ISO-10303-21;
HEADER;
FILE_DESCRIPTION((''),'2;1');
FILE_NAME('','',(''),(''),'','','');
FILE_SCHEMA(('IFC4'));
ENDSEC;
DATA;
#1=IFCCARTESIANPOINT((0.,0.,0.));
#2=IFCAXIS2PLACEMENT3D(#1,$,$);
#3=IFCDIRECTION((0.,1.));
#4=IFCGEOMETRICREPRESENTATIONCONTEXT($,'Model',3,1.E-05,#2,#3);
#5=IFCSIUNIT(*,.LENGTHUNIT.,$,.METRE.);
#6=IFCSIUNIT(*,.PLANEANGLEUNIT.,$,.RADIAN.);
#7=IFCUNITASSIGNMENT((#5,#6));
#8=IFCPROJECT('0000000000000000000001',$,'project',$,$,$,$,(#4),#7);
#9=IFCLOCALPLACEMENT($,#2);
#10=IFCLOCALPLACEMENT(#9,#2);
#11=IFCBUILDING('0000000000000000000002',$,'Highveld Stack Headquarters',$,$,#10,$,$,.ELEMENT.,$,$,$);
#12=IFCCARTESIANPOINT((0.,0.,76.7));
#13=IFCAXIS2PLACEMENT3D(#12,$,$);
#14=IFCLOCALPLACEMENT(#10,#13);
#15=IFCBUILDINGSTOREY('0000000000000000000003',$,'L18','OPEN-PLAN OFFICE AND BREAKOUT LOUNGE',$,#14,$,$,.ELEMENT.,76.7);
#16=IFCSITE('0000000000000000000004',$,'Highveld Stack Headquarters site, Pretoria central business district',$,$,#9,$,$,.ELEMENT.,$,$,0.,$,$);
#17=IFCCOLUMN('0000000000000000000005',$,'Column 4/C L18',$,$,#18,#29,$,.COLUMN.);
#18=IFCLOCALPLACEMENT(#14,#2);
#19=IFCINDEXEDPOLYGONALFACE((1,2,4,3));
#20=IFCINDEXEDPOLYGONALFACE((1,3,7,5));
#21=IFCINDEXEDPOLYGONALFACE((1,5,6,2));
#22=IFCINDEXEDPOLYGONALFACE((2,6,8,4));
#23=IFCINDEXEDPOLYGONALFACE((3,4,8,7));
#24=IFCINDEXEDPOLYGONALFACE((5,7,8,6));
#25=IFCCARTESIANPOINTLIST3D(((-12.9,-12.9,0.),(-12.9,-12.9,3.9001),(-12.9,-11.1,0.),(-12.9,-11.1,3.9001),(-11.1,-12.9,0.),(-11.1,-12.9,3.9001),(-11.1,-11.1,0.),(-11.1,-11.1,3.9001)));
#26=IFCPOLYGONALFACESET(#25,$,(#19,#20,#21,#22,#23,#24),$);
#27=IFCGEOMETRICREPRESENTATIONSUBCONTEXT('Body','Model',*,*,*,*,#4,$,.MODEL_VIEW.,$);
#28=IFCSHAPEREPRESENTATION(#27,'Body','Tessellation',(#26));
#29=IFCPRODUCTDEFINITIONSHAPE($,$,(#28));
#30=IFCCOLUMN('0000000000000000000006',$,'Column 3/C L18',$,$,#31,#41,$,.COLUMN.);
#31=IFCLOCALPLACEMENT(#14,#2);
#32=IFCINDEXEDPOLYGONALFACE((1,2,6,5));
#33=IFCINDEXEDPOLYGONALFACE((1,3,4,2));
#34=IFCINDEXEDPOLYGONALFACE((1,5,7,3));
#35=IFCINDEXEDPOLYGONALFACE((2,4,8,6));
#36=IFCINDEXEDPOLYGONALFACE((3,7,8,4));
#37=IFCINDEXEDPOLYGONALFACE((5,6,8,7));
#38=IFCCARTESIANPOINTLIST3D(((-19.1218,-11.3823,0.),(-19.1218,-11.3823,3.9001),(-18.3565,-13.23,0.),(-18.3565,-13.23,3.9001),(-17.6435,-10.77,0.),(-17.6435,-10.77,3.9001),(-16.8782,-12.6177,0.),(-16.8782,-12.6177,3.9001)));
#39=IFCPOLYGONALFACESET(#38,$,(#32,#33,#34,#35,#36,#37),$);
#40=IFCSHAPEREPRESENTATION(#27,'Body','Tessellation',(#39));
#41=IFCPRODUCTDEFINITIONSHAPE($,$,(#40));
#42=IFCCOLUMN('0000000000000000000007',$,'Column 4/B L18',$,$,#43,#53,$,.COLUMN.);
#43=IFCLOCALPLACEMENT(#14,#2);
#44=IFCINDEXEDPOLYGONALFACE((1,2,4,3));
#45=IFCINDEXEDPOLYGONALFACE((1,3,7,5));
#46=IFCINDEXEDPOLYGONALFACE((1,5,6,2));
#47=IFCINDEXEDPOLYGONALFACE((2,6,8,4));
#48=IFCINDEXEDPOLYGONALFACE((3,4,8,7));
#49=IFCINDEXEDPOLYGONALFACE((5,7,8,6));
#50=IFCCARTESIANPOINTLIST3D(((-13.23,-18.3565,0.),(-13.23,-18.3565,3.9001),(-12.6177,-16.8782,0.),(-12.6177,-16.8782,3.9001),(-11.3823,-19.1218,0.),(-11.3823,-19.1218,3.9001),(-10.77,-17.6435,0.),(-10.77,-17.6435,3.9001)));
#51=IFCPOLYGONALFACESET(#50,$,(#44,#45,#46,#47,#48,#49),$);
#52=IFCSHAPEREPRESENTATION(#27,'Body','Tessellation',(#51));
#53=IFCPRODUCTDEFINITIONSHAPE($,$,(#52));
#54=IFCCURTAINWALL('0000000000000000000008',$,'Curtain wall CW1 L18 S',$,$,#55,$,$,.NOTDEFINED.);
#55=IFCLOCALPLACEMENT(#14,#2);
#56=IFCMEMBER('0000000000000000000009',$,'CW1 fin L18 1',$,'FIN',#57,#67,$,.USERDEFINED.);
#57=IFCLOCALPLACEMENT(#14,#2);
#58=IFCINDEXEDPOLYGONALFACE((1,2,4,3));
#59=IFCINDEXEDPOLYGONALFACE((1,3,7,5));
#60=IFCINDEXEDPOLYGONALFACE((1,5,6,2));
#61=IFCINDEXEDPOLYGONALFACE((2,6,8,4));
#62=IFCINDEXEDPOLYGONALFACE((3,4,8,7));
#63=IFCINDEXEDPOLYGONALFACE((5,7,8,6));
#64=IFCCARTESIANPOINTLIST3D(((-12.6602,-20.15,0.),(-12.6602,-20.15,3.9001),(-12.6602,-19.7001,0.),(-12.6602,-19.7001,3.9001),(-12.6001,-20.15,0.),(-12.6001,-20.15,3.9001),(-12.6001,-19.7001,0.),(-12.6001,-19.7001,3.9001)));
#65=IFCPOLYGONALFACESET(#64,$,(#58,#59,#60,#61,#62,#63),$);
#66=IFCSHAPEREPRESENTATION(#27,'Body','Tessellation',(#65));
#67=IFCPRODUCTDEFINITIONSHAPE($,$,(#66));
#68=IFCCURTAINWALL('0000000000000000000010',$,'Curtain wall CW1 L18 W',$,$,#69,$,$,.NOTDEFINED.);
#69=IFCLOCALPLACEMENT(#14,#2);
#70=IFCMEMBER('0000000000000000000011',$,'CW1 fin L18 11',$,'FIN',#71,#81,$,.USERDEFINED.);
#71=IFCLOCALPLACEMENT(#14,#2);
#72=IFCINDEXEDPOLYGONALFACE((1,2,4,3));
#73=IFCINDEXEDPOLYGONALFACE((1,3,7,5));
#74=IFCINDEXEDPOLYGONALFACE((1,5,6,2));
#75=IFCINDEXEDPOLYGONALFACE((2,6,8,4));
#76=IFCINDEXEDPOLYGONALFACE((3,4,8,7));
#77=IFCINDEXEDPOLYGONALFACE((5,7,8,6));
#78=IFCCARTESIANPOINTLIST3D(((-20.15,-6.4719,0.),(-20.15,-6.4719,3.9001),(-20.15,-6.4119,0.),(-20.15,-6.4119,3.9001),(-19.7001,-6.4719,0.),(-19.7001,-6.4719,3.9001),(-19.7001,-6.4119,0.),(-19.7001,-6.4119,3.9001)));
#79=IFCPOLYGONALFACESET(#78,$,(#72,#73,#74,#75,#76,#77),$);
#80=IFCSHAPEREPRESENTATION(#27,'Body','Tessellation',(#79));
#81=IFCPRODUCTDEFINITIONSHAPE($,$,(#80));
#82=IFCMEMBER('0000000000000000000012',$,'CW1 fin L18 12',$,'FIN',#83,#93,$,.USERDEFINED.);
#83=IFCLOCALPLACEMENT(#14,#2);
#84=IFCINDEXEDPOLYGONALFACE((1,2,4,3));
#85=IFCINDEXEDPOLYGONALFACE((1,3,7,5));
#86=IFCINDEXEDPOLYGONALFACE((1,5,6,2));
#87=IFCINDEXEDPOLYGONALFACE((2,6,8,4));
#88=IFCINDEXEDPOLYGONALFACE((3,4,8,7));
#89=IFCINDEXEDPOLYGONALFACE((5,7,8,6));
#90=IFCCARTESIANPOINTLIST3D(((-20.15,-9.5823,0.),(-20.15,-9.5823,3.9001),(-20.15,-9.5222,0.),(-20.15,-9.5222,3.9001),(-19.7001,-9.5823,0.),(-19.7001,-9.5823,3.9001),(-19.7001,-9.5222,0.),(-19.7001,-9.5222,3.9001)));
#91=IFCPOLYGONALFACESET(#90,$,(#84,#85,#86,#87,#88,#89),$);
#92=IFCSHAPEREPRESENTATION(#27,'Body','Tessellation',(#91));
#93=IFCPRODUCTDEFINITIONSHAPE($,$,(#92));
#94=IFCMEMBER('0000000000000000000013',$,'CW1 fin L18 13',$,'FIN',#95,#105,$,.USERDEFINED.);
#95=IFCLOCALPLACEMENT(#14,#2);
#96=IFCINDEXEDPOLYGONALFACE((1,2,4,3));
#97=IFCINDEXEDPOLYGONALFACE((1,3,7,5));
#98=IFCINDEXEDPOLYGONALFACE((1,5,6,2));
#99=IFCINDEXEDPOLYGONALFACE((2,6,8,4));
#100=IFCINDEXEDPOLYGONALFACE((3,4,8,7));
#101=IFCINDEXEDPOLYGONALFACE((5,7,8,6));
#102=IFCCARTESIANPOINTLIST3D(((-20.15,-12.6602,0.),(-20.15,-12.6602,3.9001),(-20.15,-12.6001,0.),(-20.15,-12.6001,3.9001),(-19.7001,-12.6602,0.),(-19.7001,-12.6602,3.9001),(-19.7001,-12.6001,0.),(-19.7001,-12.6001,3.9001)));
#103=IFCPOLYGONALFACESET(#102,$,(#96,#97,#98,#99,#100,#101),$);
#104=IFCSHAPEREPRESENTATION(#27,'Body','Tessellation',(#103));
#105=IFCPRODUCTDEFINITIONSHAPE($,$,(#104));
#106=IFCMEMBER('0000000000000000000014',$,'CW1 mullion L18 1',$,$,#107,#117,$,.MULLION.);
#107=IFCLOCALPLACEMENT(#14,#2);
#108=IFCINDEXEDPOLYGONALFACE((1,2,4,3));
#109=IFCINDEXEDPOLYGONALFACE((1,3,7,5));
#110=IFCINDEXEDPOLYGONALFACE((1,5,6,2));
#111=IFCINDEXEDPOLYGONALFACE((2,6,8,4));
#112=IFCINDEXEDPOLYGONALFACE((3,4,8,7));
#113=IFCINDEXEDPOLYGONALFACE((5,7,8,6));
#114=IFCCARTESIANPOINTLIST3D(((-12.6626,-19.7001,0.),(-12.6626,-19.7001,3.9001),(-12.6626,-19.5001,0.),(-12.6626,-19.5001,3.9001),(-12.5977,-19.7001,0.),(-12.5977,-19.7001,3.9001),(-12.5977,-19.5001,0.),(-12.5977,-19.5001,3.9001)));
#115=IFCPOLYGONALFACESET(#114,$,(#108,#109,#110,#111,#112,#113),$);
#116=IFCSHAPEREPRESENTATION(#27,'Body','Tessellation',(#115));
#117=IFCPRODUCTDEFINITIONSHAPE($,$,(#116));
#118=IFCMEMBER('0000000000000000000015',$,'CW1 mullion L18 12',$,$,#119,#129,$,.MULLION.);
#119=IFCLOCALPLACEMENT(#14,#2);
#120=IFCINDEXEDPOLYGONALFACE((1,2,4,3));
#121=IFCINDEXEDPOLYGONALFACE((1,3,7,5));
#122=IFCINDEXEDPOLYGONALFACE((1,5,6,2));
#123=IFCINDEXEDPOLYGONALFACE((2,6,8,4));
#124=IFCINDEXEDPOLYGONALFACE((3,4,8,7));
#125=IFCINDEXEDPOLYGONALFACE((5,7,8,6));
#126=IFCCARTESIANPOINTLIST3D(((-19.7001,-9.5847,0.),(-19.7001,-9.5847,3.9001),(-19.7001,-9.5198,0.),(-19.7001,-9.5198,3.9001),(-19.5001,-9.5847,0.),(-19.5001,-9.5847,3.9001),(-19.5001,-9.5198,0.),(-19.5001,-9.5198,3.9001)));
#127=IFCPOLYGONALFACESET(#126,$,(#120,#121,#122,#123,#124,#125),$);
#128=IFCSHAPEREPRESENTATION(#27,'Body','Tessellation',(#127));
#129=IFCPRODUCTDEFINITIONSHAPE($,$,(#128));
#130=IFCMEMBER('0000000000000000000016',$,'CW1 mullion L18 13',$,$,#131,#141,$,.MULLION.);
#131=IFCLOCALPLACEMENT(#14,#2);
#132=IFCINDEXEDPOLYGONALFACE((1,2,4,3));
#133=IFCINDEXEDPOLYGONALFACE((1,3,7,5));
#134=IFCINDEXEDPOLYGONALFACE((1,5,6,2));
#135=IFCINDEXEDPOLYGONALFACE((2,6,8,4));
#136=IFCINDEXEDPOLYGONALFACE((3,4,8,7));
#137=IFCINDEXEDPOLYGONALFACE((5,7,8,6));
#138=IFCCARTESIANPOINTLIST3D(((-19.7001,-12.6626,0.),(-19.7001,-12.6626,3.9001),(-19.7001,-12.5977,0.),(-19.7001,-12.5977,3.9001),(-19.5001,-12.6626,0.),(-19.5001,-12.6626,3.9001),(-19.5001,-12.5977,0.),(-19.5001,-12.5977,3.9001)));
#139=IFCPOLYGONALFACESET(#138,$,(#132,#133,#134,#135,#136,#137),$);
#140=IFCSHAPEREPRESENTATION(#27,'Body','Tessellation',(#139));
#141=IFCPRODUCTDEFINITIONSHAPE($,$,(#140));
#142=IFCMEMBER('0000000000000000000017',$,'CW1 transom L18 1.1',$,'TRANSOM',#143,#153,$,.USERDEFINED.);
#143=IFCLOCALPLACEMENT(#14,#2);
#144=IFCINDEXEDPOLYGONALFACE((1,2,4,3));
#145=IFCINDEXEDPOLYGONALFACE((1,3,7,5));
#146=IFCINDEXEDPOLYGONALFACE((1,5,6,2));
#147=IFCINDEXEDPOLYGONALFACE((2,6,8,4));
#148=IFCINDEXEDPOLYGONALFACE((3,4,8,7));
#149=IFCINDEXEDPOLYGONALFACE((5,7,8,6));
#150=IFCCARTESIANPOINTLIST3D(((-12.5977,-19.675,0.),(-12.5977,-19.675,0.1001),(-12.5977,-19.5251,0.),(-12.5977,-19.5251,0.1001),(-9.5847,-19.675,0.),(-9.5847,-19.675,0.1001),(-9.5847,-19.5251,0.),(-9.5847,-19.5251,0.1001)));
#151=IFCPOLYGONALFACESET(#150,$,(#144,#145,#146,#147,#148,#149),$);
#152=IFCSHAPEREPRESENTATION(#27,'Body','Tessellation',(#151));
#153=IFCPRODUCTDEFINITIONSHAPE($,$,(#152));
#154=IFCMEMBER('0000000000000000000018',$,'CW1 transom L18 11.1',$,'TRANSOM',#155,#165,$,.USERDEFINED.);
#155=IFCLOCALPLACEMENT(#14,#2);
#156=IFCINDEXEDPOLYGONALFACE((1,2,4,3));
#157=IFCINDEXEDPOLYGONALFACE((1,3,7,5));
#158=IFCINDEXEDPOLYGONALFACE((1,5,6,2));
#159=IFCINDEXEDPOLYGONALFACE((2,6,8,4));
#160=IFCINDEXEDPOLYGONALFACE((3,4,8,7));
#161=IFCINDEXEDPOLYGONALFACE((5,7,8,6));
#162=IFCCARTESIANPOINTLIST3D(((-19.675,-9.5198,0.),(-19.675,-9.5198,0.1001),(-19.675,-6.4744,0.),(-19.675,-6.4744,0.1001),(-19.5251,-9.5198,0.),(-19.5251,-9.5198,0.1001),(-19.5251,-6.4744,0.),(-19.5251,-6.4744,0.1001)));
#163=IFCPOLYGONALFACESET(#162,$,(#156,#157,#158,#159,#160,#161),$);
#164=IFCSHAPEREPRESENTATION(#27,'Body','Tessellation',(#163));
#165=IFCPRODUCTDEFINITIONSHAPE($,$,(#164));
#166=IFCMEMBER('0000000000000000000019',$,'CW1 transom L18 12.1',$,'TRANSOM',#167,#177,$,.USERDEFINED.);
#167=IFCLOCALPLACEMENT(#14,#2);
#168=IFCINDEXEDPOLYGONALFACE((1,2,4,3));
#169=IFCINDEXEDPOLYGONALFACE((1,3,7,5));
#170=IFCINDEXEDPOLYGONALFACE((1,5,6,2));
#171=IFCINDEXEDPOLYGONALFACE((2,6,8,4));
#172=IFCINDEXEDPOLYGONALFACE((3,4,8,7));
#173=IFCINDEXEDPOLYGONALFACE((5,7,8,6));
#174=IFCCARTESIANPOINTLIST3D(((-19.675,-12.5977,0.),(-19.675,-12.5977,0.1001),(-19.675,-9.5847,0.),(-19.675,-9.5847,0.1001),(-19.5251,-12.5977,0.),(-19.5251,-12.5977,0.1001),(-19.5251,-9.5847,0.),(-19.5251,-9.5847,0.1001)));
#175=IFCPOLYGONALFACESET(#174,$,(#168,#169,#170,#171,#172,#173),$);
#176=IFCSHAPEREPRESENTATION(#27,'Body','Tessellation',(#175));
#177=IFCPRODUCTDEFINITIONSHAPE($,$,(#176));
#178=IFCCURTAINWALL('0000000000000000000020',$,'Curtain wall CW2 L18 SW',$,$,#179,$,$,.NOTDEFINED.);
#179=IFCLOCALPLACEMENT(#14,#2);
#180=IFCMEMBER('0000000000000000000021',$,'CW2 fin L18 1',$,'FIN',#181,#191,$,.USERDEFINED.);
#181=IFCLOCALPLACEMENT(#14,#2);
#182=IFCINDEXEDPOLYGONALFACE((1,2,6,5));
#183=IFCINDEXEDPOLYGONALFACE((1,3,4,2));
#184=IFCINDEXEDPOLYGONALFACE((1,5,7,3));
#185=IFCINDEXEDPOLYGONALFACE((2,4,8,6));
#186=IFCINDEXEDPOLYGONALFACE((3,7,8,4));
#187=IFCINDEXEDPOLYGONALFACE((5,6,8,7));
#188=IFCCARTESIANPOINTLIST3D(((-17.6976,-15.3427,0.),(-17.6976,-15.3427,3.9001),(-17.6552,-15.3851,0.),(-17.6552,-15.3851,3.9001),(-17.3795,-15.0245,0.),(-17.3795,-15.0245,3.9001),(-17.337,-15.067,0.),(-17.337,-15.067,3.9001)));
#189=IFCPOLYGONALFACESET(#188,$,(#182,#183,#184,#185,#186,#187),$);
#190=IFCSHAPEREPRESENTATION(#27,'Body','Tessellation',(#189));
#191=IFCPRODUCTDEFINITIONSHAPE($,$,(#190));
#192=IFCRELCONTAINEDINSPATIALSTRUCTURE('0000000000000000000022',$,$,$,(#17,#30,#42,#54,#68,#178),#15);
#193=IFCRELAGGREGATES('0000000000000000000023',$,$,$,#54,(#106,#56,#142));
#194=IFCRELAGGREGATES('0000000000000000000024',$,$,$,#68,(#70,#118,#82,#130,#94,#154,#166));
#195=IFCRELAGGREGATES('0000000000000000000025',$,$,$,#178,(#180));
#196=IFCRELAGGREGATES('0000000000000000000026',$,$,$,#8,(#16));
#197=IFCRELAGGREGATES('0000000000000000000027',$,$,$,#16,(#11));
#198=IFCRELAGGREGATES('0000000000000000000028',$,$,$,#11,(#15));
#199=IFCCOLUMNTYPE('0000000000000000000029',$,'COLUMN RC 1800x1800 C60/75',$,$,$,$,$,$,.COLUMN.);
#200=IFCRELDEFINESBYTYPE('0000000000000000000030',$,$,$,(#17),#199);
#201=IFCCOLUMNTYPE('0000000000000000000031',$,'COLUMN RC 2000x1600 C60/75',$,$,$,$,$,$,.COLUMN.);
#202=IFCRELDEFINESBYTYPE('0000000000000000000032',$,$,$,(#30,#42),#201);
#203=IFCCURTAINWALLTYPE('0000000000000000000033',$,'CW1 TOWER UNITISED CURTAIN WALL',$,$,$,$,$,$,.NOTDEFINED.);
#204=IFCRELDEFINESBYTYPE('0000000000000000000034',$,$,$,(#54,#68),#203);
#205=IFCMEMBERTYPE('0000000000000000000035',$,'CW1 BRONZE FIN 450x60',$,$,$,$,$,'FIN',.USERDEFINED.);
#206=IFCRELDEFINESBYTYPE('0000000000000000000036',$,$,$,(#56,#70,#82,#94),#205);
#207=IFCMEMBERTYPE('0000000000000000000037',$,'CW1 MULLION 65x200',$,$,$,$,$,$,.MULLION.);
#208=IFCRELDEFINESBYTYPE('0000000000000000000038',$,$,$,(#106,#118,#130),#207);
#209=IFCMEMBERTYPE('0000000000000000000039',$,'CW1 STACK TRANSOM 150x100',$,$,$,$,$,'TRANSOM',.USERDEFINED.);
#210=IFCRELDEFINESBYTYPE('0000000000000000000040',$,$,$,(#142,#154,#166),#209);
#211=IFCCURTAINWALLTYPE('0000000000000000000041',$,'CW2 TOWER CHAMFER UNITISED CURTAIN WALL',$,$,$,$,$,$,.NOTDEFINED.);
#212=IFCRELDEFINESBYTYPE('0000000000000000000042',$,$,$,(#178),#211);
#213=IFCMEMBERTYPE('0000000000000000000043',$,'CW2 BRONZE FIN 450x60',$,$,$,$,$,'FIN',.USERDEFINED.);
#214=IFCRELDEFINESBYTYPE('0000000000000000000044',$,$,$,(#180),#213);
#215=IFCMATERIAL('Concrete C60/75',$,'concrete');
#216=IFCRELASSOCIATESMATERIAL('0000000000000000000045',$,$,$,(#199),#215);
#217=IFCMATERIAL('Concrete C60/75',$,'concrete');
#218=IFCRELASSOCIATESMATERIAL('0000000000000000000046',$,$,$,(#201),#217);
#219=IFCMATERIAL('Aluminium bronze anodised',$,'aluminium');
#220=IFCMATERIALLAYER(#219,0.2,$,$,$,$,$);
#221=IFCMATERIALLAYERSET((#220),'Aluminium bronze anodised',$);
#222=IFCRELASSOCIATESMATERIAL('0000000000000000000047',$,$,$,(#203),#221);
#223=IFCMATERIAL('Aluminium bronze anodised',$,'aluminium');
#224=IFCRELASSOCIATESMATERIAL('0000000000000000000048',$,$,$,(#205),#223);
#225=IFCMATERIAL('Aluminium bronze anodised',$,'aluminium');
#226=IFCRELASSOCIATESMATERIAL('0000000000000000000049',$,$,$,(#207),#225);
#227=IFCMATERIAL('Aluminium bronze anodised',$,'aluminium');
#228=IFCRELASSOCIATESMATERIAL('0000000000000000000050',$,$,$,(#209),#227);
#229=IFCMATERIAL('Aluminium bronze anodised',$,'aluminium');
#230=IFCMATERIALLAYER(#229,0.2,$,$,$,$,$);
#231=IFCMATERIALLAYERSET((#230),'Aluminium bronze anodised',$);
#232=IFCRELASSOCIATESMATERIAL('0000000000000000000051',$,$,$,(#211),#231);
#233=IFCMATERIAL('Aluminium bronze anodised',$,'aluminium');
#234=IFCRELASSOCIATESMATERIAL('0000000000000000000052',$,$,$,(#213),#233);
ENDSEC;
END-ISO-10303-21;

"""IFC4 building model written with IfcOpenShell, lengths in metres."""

from ifc_helpers import new_model, si_unit, direction, frame, origin, origin_2d, place, context, subcontext, project, spatial, rectangle, extrude, material, layer, layer_set, material_profile, profile_set, type_object, element, aggregate, save


model = new_model("IFC4")

# Units and contexts
model_context = context("Model", 3, precision=1e-05, world=origin(), true_north=direction((0.0, 1.0)))
body_context = subcontext(model_context, "Body", "Model", "MODEL_VIEW")
ifc_project = project(units=[si_unit("LENGTHUNIT", "METRE"), si_unit("PLANEANGLEUNIT", "RADIAN")], contexts=[model_context])

# Site, building, storey
site_placement = place(None, origin())
site = spatial("IfcSite", under=ifc_project, at=site_placement, Name="Highveld Stack Headquarters site, Pretoria central business district", CompositionType="ELEMENT", RefElevation=0.0)
building_placement = place(site_placement, origin())
building = spatial("IfcBuilding", under=site, at=building_placement, Name="Highveld Stack Headquarters", CompositionType="ELEMENT")
storey_placement = place(building_placement, frame((0.0, 0.0, 76.7)))
storey = spatial("IfcBuildingStorey", under=building, at=storey_placement, Name="L18", Description="OPEN-PLAN OFFICE AND BREAKOUT LOUNGE", CompositionType="ELEMENT", Elevation=76.7)

# Columns
ifc_material_1 = material(Name="Concrete C60/75", Category="concrete")
ifc_material_profile_1 = material_profile(ifc_material_1, rectangle(XDim=1.8, YDim=1.8, at=origin_2d()), Name="RC 1800x1800")
ifc_profile_set_1 = profile_set([ifc_material_profile_1], Name="Concrete C60/75")
column_type_1 = type_object("IfcColumnType", Name="COLUMN RC 1800x1800 C60/75", PredefinedType="COLUMN", material=ifc_profile_set_1)
column_placement = place(storey_placement, frame((-12.0, -12.0, 0.0), z_axis=(0.0, 0.0, 1.0), x_axis=(1.0, 0.0, 0.0)))
element("IfcColumn", 1, at=column_placement, inside=storey, type_object=column_type_1, Name="Column 4/C L18", PredefinedType="COLUMN", context=body_context, shape_type="SweptSolid", body=[
    extrude(rectangle(XDim=1.8, YDim=1.8, at=origin_2d()), origin(), (0.0, 0.0, 1.0), 3.9001),
])
ifc_material_2 = material(Name="Concrete C60/75", Category="concrete")
ifc_material_profile_2 = material_profile(ifc_material_2, rectangle(XDim=2.0, YDim=1.6001, at=origin_2d()), Name="RC 2000x1600")
ifc_profile_set_2 = profile_set([ifc_material_profile_2], Name="Concrete C60/75")
column_type_2 = type_object("IfcColumnType", Name="COLUMN RC 2000x1600 C60/75", PredefinedType="COLUMN", material=ifc_profile_set_2)
for number, where, z_axis, x_axis, name in (
    (2, (-18.0, -12.0, 0.0), (0.0, 0.0, 1.0), (-0.382683, 0.92388, 0.0), "Column 3/C L18"),
    (3, (-12.0, -18.0, 0.0), (0.0, 0.0, 1.0), (-0.92388, 0.382683, 0.0), "Column 4/B L18"),
):
    element("IfcColumn", number, at=place(storey_placement, frame(where, z_axis=z_axis, x_axis=x_axis)), inside=storey, type_object=column_type_2, Name=name, PredefinedType="COLUMN", context=body_context, shape_type="SweptSolid", body=[
        extrude(rectangle(XDim=2.0, YDim=1.6001, at=origin_2d()), origin(), (0.0, 0.0, 1.0), 3.9001),
    ])

# Curtain wall, member
ifc_material_3 = material(Name="Aluminium bronze anodised", Category="aluminium")
ifc_layer_1 = layer(ifc_material_3, 0.2)
ifc_layer_set_1 = layer_set([ifc_layer_1], Name="Aluminium bronze anodised")
curtain_wall_type_1 = type_object("IfcCurtainWallType", Name="CW1 TOWER UNITISED CURTAIN WALL", PredefinedType="NOTDEFINED", material=ifc_layer_set_1)
curtain_wall_1_placement = place(storey_placement, origin())
curtain_wall_1 = element("IfcCurtainWall", 4, at=curtain_wall_1_placement, inside=storey, type_object=curtain_wall_type_1, Name="Curtain wall CW1 L18 S", PredefinedType="NOTDEFINED")
ifc_material_4 = material(Name="Aluminium bronze anodised", Category="aluminium")
ifc_material_profile_3 = material_profile(ifc_material_4, rectangle(XDim=0.45, YDim=0.0601, at=origin_2d()), Name="FIN 450x60")
ifc_profile_set_3 = profile_set([ifc_material_profile_3], Name="Aluminium bronze anodised")
member_type_1 = type_object("IfcMemberType", Name="CW1 BRONZE FIN 450x60", ElementType="FIN", PredefinedType="USERDEFINED", material=ifc_profile_set_3)
member_1_placement = place(storey_placement, frame((-12.6301, -19.925, 0.0), z_axis=(0.0, 0.0, 1.0), x_axis=(0.0, 1.0, 0.0)))
member_1 = element("IfcMember", 5, at=member_1_placement, type_object=member_type_1, Name="CW1 fin L18 1", ObjectType="FIN", PredefinedType="USERDEFINED", context=body_context, shape_type="SweptSolid", body=[
    extrude(rectangle(XDim=0.45, YDim=0.0601, at=origin_2d()), origin(), (0.0, 0.0, 1.0), 3.9001),
])

# Curtain wall, members
curtain_wall_2_placement = place(storey_placement, origin())
curtain_wall_2 = element("IfcCurtainWall", 6, at=curtain_wall_2_placement, inside=storey, type_object=curtain_wall_type_1, Name="Curtain wall CW1 L18 W", PredefinedType="NOTDEFINED")
member_2_placement = place(storey_placement, frame((-19.925, -6.4419, 0.0), z_axis=(0.0, 0.0, 1.0), x_axis=(1.0, 0.0, 0.0)))
member_2 = element("IfcMember", 7, at=member_2_placement, type_object=member_type_1, Name="CW1 fin L18 11", ObjectType="FIN", PredefinedType="USERDEFINED", context=body_context, shape_type="SweptSolid", body=[
    extrude(rectangle(XDim=0.45, YDim=0.0601, at=origin_2d()), origin(), (0.0, 0.0, 1.0), 3.9001),
])
member_3_placement = place(storey_placement, frame((-19.925, -9.5522, 0.0), z_axis=(0.0, 0.0, 1.0), x_axis=(1.0, 0.0, 0.0)))
member_3 = element("IfcMember", 8, at=member_3_placement, type_object=member_type_1, Name="CW1 fin L18 12", ObjectType="FIN", PredefinedType="USERDEFINED", context=body_context, shape_type="SweptSolid", body=[
    extrude(rectangle(XDim=0.45, YDim=0.0601, at=origin_2d()), origin(), (0.0, 0.0, 1.0), 3.9001),
])
member_4_placement = place(storey_placement, frame((-19.925, -12.6301, 0.0), z_axis=(0.0, 0.0, 1.0), x_axis=(1.0, 0.0, 0.0)))
member_4 = element("IfcMember", 9, at=member_4_placement, type_object=member_type_1, Name="CW1 fin L18 13", ObjectType="FIN", PredefinedType="USERDEFINED", context=body_context, shape_type="SweptSolid", body=[
    extrude(rectangle(XDim=0.45, YDim=0.0601, at=origin_2d()), origin(), (0.0, 0.0, 1.0), 3.9001),
])

# Members
ifc_material_5 = material(Name="Aluminium bronze anodised", Category="aluminium")
ifc_material_profile_4 = material_profile(ifc_material_5, rectangle(XDim=0.2, YDim=0.0649, at=origin_2d()), Name="CW1 MULLION 65x200")
ifc_profile_set_4 = profile_set([ifc_material_profile_4], Name="Aluminium bronze anodised")
member_type_2 = type_object("IfcMemberType", Name="CW1 MULLION 65x200", PredefinedType="MULLION", material=ifc_profile_set_4)
member_5_placement = place(storey_placement, frame((-12.6301, -19.6001, 0.0), z_axis=(0.0, 0.0, 1.0), x_axis=(0.0, 1.0, 0.0)))
member_5 = element("IfcMember", 10, at=member_5_placement, type_object=member_type_2, Name="CW1 mullion L18 1", PredefinedType="MULLION", context=body_context, shape_type="SweptSolid", body=[
    extrude(rectangle(XDim=0.2, YDim=0.0649, at=origin_2d()), origin(), (0.0, 0.0, 1.0), 3.9001),
])
member_6_placement = place(storey_placement, frame((-19.6001, -9.5522, 0.0), z_axis=(0.0, 0.0, 1.0), x_axis=(1.0, 0.0, 0.0)))
member_6 = element("IfcMember", 11, at=member_6_placement, type_object=member_type_2, Name="CW1 mullion L18 12", PredefinedType="MULLION", context=body_context, shape_type="SweptSolid", body=[
    extrude(rectangle(XDim=0.2, YDim=0.0649, at=origin_2d()), origin(), (0.0, 0.0, 1.0), 3.9001),
])
member_7_placement = place(storey_placement, frame((-19.6001, -12.6301, 0.0), z_axis=(0.0, 0.0, 1.0), x_axis=(1.0, 0.0, 0.0)))
member_7 = element("IfcMember", 12, at=member_7_placement, type_object=member_type_2, Name="CW1 mullion L18 13", PredefinedType="MULLION", context=body_context, shape_type="SweptSolid", body=[
    extrude(rectangle(XDim=0.2, YDim=0.0649, at=origin_2d()), origin(), (0.0, 0.0, 1.0), 3.9001),
])
ifc_material_6 = material(Name="Aluminium bronze anodised", Category="aluminium")
ifc_material_profile_5 = material_profile(ifc_material_6, rectangle(XDim=0.1499, YDim=0.1001, at=origin_2d()), Name="CW1 TRANSOM 150x100")
ifc_profile_set_5 = profile_set([ifc_material_profile_5], Name="Aluminium bronze anodised")
member_type_3 = type_object("IfcMemberType", Name="CW1 STACK TRANSOM 150x100", ElementType="TRANSOM", PredefinedType="USERDEFINED", material=ifc_profile_set_5)
member_8_placement = place(storey_placement, frame((-12.5977, -19.6001, 0.05), z_axis=(1.0, 0.0, 0.0), x_axis=(0.0, 1.0, 0.0)))
member_8 = element("IfcMember", 13, at=member_8_placement, type_object=member_type_3, Name="CW1 transom L18 1.1", ObjectType="TRANSOM", PredefinedType="USERDEFINED", context=body_context, shape_type="SweptSolid", body=[
    extrude(rectangle(XDim=0.1499, YDim=0.1001, at=origin_2d()), origin(), (0.0, 0.0, 1.0), 3.0129),
])
aggregate(curtain_wall_1, [member_5, member_1, member_8])
member_9_placement = place(storey_placement, frame((-19.6001, -6.4744, 0.05), z_axis=(0.0, -1.0, 0.0), x_axis=(1.0, 0.0, 0.0)))
member_9 = element("IfcMember", 14, at=member_9_placement, type_object=member_type_3, Name="CW1 transom L18 11.1", ObjectType="TRANSOM", PredefinedType="USERDEFINED", context=body_context, shape_type="SweptSolid", body=[
    extrude(rectangle(XDim=0.1499, YDim=0.1001, at=origin_2d()), origin(), (0.0, 0.0, 1.0), 3.0454),
])
member_10_placement = place(storey_placement, frame((-19.6001, -9.5847, 0.05), z_axis=(0.0, -1.0, 0.0), x_axis=(1.0, 0.0, 0.0)))
member_10 = element("IfcMember", 15, at=member_10_placement, type_object=member_type_3, Name="CW1 transom L18 12.1", ObjectType="TRANSOM", PredefinedType="USERDEFINED", context=body_context, shape_type="SweptSolid", body=[
    extrude(rectangle(XDim=0.1499, YDim=0.1001, at=origin_2d()), origin(), (0.0, 0.0, 1.0), 3.0129),
])

# Curtain wall, member
ifc_material_7 = material(Name="Aluminium bronze anodised", Category="aluminium")
ifc_layer_2 = layer(ifc_material_7, 0.2)
ifc_layer_set_2 = layer_set([ifc_layer_2], Name="Aluminium bronze anodised")
curtain_wall_type_2 = type_object("IfcCurtainWallType", Name="CW2 TOWER CHAMFER UNITISED CURTAIN WALL", PredefinedType="NOTDEFINED", material=ifc_layer_set_2)
curtain_wall_3_placement = place(storey_placement, origin())
curtain_wall_3 = element("IfcCurtainWall", 16, at=curtain_wall_3_placement, inside=storey, type_object=curtain_wall_type_2, Name="Curtain wall CW2 L18 SW", PredefinedType="NOTDEFINED")
ifc_material_8 = material(Name="Aluminium bronze anodised", Category="aluminium")
ifc_material_profile_6 = material_profile(ifc_material_8, rectangle(XDim=0.45, YDim=0.0601, at=origin_2d()), Name="FIN 450x60")
ifc_profile_set_6 = profile_set([ifc_material_profile_6], Name="Aluminium bronze anodised")
member_type_4 = type_object("IfcMemberType", Name="CW2 BRONZE FIN 450x60", ElementType="FIN", PredefinedType="USERDEFINED", material=ifc_profile_set_6)
member_11_placement = place(storey_placement, frame((-17.5173, -15.2048, 0.0), z_axis=(0.0, 0.0, 1.0), x_axis=(0.707107, 0.707107, 0.0)))
member_11 = element("IfcMember", 17, at=member_11_placement, type_object=member_type_4, Name="CW2 fin L18 1", ObjectType="FIN", PredefinedType="USERDEFINED", context=body_context, shape_type="SweptSolid", body=[
    extrude(rectangle(XDim=0.45, YDim=0.0601, at=origin_2d()), origin(), (0.0, 0.0, 1.0), 3.9001),
])

aggregate(curtain_wall_2, [member_2, member_6, member_3, member_7, member_4, member_9, member_10])
aggregate(curtain_wall_3, [member_11])

save(model, "model.ifc")
